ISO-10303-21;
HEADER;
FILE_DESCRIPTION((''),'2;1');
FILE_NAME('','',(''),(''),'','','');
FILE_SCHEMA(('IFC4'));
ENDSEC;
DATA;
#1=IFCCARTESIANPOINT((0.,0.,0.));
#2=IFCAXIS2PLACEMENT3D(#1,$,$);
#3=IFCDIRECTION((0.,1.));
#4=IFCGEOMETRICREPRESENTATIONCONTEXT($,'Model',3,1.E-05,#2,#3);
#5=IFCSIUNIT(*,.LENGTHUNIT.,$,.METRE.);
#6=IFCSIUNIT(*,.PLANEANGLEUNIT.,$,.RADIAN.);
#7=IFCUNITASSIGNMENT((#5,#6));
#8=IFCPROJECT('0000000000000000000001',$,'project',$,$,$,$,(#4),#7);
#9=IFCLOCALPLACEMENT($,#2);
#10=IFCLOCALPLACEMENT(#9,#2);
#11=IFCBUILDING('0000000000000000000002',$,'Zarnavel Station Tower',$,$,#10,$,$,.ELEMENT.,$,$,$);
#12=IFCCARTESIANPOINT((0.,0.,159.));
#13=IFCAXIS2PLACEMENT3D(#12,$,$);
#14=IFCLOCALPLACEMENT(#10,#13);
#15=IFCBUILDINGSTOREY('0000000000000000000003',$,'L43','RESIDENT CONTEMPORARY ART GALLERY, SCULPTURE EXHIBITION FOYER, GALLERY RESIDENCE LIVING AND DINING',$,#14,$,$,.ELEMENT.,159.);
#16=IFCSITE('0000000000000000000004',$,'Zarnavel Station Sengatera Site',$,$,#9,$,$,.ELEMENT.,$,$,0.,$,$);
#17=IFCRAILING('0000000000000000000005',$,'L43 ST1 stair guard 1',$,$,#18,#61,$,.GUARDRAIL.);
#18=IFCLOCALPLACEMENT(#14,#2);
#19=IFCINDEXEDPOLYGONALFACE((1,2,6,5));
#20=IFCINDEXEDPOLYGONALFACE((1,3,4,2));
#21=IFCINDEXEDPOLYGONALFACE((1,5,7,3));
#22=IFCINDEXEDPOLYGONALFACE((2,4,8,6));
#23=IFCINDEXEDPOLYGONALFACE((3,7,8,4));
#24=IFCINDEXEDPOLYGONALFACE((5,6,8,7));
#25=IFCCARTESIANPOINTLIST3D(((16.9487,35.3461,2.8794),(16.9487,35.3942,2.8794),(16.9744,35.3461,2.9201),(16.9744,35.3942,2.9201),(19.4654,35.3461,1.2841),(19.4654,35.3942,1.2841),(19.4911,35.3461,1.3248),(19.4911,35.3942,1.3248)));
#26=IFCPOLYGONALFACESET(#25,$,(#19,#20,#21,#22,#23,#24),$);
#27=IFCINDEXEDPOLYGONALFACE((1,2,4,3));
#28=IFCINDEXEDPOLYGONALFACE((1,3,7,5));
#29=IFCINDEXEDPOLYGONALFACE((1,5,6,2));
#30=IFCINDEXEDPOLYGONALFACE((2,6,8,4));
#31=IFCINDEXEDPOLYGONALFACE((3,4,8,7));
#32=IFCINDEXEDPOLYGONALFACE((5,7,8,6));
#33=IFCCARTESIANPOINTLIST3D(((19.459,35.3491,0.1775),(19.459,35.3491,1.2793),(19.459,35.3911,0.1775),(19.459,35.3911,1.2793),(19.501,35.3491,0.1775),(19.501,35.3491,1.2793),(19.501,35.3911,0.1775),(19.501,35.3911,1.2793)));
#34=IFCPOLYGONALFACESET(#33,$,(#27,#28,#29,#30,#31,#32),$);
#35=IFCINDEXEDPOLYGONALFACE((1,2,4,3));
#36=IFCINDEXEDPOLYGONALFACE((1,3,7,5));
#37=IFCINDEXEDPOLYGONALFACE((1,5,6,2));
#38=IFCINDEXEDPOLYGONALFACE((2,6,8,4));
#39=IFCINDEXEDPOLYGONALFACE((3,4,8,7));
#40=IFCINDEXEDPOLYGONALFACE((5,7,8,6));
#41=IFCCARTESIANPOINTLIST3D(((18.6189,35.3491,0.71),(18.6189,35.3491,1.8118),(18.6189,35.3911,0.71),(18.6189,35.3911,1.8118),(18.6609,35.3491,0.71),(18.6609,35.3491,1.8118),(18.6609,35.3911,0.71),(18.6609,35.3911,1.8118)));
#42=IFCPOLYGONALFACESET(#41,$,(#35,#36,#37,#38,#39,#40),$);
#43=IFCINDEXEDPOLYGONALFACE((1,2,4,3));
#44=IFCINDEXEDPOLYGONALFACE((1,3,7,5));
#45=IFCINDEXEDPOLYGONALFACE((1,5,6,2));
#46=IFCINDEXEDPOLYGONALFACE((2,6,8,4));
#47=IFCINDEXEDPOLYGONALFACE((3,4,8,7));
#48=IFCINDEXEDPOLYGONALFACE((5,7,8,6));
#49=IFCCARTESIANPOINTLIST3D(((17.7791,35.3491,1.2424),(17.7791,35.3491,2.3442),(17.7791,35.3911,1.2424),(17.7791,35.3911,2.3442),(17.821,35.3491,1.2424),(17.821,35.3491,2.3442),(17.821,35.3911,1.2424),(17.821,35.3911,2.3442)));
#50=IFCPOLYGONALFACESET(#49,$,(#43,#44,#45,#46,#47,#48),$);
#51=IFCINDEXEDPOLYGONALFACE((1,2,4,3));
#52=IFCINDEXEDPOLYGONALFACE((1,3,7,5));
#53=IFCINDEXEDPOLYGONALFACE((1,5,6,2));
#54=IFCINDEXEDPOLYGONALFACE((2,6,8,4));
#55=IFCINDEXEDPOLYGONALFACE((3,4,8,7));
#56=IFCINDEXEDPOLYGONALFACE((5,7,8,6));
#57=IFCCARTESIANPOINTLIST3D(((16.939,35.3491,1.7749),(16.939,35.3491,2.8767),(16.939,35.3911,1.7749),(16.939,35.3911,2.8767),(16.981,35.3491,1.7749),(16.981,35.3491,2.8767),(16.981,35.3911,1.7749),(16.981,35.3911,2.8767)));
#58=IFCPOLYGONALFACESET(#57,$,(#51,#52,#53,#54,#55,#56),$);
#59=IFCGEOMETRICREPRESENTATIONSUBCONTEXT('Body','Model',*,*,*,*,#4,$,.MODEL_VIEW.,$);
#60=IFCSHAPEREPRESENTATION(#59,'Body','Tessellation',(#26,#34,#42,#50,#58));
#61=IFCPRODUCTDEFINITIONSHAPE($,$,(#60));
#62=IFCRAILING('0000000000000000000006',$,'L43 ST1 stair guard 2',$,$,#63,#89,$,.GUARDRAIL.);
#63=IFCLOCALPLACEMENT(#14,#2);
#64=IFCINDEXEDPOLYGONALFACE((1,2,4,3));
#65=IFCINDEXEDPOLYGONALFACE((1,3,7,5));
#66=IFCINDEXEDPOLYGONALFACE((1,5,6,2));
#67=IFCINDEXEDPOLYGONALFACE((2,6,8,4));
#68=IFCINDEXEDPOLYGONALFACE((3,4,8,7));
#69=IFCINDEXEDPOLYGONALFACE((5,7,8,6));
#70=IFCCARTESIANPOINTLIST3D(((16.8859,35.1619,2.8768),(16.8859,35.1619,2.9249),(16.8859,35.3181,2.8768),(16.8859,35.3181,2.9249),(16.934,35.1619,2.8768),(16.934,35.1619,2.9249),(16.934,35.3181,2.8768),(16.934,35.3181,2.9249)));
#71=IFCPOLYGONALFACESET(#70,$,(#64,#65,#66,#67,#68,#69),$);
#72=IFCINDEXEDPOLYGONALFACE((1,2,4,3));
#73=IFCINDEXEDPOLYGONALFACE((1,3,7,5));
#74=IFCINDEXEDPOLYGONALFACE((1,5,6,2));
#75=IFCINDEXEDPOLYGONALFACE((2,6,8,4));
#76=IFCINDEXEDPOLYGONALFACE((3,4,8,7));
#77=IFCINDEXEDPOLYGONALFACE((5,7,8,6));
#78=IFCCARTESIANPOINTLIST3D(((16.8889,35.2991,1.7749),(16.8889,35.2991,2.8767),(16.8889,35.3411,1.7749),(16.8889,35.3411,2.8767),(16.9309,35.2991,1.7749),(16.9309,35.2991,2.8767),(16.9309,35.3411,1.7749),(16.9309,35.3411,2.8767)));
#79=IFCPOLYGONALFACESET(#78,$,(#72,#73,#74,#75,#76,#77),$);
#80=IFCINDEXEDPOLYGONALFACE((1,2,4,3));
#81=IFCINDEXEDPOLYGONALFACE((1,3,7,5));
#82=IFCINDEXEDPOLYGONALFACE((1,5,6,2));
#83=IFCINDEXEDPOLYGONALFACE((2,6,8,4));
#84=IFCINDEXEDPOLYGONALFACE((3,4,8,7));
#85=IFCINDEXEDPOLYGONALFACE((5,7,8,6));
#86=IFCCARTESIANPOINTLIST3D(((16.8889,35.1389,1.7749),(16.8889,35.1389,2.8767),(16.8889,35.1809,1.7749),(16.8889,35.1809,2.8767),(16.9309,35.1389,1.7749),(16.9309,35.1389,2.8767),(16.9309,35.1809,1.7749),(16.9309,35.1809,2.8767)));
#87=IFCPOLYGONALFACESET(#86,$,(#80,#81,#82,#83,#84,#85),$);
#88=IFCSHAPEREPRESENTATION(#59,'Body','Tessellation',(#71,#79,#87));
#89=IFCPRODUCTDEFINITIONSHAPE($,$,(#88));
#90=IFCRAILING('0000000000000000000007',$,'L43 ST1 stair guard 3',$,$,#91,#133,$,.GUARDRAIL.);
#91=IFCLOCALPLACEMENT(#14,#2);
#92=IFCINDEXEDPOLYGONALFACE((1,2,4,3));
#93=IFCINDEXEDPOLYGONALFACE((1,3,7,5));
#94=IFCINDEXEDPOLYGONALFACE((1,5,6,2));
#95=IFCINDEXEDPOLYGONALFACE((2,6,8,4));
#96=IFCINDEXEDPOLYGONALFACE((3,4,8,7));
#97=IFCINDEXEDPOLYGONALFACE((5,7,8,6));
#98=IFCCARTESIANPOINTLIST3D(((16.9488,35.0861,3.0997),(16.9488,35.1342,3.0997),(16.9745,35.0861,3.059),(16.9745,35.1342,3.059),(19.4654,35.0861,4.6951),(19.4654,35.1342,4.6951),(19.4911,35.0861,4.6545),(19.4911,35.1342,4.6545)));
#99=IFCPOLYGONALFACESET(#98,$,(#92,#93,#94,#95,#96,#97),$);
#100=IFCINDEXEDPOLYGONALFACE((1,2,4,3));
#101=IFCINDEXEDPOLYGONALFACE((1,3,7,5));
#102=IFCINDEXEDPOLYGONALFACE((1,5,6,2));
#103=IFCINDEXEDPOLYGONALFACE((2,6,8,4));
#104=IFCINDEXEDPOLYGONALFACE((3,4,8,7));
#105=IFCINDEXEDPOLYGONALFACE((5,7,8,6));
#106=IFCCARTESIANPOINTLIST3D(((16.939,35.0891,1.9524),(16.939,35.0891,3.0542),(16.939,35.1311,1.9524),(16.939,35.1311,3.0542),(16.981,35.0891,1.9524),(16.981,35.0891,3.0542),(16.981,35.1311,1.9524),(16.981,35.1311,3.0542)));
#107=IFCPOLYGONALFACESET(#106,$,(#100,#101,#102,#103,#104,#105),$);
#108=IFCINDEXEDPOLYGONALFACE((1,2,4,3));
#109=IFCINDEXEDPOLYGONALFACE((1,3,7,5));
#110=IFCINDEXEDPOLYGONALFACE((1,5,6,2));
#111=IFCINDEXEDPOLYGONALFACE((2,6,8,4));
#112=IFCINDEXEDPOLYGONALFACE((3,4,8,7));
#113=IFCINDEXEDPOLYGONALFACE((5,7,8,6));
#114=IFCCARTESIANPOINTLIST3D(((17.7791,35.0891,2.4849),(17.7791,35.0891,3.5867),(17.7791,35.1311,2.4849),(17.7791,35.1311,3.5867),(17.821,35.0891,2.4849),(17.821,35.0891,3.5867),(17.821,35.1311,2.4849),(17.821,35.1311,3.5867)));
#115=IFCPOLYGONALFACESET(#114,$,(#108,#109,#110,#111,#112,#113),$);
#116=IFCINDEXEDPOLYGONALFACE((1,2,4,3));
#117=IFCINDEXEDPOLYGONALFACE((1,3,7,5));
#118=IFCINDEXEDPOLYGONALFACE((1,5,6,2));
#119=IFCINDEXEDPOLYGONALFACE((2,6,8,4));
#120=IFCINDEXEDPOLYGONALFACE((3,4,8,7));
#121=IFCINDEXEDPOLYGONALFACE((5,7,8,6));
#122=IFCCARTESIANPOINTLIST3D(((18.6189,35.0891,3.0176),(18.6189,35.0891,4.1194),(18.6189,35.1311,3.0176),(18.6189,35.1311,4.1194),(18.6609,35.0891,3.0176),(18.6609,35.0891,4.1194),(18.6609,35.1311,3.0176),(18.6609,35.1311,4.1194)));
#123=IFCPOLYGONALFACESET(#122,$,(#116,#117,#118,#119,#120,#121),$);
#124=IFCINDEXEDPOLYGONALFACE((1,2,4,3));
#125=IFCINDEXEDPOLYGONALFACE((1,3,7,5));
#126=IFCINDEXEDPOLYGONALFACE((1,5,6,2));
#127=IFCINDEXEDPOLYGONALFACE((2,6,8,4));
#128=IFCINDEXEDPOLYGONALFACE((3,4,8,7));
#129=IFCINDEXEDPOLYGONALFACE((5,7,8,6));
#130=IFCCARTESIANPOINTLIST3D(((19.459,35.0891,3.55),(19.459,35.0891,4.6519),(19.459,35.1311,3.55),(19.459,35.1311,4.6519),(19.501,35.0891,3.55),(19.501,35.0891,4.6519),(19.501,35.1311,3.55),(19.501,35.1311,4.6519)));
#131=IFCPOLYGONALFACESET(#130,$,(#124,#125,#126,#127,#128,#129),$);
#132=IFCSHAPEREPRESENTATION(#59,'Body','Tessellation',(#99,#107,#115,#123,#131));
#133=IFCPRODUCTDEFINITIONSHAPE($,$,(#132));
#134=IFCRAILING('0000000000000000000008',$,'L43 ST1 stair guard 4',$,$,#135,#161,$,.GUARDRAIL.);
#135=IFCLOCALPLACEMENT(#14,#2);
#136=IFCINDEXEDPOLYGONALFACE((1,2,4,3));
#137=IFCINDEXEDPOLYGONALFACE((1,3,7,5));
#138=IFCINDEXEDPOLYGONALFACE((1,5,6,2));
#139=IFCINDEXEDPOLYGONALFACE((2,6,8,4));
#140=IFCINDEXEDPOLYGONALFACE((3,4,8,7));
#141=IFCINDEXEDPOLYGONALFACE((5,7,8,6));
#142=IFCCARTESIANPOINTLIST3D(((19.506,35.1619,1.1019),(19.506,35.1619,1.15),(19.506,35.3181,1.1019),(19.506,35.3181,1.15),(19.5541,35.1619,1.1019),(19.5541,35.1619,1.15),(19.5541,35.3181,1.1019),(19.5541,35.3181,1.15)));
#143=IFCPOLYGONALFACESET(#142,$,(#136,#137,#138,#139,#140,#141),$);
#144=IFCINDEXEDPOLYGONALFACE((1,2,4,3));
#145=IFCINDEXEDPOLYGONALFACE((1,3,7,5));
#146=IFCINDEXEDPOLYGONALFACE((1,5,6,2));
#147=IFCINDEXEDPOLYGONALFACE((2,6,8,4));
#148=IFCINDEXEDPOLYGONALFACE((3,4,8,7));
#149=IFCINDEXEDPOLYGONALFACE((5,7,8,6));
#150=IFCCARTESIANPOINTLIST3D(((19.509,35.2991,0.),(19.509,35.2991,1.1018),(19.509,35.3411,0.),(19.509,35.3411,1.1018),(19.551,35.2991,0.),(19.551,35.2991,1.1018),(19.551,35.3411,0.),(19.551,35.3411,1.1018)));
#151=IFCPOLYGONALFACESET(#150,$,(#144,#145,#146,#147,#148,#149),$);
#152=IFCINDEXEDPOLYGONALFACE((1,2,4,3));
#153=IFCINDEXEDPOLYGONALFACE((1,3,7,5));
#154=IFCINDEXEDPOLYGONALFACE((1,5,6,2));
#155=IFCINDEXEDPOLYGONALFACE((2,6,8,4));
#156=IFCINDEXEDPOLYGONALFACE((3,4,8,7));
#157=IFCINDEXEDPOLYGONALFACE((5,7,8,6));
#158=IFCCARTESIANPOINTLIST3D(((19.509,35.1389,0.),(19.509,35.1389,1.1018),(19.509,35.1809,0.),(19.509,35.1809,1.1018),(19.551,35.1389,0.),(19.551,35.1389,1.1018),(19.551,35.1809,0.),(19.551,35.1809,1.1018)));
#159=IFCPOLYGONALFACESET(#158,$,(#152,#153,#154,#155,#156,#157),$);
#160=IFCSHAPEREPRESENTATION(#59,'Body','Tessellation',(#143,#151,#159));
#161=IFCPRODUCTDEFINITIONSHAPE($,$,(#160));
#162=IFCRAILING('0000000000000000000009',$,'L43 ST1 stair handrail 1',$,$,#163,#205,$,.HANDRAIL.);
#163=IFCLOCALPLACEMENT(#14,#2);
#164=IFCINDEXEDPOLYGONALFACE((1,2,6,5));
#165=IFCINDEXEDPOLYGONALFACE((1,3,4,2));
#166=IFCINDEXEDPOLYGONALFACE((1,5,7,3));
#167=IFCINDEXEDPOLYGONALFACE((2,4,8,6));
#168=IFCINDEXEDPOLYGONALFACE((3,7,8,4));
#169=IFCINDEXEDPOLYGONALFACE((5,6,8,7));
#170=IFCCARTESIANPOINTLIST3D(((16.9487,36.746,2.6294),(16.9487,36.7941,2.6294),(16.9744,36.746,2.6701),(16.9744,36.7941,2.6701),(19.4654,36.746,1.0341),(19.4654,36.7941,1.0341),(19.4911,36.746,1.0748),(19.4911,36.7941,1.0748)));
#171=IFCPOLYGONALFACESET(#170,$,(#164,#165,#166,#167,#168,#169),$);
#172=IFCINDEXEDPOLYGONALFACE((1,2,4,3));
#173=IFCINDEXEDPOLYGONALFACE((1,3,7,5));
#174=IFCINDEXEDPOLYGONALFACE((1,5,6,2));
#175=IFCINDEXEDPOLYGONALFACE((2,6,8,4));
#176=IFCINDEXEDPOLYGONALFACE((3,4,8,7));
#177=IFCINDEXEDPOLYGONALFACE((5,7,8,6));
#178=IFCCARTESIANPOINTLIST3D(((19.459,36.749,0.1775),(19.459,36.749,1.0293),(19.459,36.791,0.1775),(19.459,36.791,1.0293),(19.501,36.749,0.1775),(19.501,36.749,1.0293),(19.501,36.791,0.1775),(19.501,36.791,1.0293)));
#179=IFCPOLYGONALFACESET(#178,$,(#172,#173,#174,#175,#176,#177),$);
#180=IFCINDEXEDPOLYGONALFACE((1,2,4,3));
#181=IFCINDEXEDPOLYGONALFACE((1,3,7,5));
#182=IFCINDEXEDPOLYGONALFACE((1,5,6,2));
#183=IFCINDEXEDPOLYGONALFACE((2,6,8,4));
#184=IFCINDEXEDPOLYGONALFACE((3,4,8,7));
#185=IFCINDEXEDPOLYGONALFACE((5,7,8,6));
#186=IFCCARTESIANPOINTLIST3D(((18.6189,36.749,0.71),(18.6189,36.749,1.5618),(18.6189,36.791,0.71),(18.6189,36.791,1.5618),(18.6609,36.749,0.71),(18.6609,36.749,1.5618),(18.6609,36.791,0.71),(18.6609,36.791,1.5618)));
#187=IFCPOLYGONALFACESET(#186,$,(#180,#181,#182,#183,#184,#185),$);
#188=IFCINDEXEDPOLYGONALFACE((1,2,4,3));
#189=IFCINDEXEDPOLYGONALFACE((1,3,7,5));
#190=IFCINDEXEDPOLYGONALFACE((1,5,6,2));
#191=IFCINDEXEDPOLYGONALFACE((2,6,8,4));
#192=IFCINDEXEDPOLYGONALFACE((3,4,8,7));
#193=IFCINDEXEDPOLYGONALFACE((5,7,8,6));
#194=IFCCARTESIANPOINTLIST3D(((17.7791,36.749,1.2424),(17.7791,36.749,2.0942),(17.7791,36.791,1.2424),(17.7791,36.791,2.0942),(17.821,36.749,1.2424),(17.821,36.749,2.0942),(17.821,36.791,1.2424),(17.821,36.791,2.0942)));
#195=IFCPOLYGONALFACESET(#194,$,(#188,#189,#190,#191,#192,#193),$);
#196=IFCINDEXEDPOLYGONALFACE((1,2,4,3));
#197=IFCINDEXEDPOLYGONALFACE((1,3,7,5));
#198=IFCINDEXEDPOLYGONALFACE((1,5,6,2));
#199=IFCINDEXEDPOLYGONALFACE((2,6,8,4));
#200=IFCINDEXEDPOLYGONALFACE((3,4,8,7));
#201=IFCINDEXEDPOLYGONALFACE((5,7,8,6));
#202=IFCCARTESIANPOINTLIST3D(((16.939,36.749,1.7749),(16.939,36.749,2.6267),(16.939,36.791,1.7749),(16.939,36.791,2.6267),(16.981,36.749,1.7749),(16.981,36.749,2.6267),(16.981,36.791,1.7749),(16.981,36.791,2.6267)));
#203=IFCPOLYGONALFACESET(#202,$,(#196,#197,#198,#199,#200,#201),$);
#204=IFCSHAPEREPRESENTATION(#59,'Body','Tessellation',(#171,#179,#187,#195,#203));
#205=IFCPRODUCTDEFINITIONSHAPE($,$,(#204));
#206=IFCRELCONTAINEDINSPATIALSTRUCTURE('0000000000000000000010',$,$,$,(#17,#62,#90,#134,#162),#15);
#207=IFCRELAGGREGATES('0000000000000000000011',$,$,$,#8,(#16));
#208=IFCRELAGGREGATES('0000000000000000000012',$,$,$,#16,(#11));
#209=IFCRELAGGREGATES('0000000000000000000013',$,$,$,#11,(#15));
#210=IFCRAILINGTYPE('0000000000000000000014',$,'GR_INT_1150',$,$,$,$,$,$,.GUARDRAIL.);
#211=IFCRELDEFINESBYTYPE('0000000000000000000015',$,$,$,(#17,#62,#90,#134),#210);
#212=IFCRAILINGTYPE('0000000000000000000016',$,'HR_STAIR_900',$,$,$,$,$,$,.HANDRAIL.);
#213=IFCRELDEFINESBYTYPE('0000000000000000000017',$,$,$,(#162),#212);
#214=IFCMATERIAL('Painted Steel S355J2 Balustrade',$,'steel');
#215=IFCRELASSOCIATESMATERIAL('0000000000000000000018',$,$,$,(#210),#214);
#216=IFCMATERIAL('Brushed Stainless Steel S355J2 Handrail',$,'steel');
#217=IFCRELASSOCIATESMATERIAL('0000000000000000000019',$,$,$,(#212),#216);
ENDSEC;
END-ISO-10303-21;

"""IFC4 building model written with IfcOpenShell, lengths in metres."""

from ifc_helpers import new_model, si_unit, direction, frame, origin, origin_2d, place, context, subcontext, project, spatial, rectangle, extrude, material, type_object, element, save


model = new_model("IFC4")

# Units and contexts
model_context = context("Model", 3, precision=1e-05, world=origin(), true_north=direction((0.0, 1.0)))
body_context = subcontext(model_context, "Body", "Model", "MODEL_VIEW")
ifc_project = project(units=[si_unit("LENGTHUNIT", "METRE"), si_unit("PLANEANGLEUNIT", "RADIAN")], contexts=[model_context])

# Site, building, storey
site_placement = place(None, origin())
site = spatial("IfcSite", under=ifc_project, at=site_placement, Name="Zarnavel Station Sengatera Site", CompositionType="ELEMENT", RefElevation=0.0)
building_placement = place(site_placement, origin())
building = spatial("IfcBuilding", under=site, at=building_placement, Name="Zarnavel Station Tower", CompositionType="ELEMENT")
storey_placement = place(building_placement, frame((0.0, 0.0, 159.0)))
storey = spatial("IfcBuildingStorey", under=building, at=storey_placement, Name="L43", Description="RESIDENT CONTEMPORARY ART GALLERY, SCULPTURE EXHIBITION FOYER, GALLERY RESIDENCE LIVING AND DINING", CompositionType="ELEMENT", Elevation=159.0)

# Railings
ifc_material_1 = material(Name="Painted Steel S355J2 Balustrade", Category="steel")
railing_type_1 = type_object("IfcRailingType", Name="GR_INT_1150", PredefinedType="GUARDRAIL", material=ifc_material_1)
railing_1_placement = place(storey_placement, frame((19.48, 35.3701, 0.1775)))
element("IfcRailing", 1, at=railing_1_placement, inside=storey, type_object=railing_type_1, Name="L43 ST1 stair guard 1", PredefinedType="GUARDRAIL", context=body_context, shape_type="SweptSolid", body=[
    extrude(rectangle(XDim=0.0481, YDim=0.0481, at=origin_2d()), frame((-0.0017, 0.0, 1.127), z_axis=(-0.844607, 0.0, 0.535387), x_axis=(0.0, -1.0, 0.0)), (0.0, 0.0, 1.0), 2.9797),
    extrude(rectangle(XDim=0.042, YDim=0.042, at=origin_2d()), origin(), (0.0, 0.0, 1.0), 1.1018),
    extrude(rectangle(XDim=0.042, YDim=0.042, at=origin_2d()), frame((-0.8401, 0.0, 0.5325)), (0.0, 0.0, 1.0), 1.1018),
    extrude(rectangle(XDim=0.042, YDim=0.042, at=origin_2d()), frame((-1.6799, 0.0, 1.0649)), (0.0, 0.0, 1.0), 1.1018),
    extrude(rectangle(XDim=0.042, YDim=0.042, at=origin_2d()), frame((-2.52, 0.0, 1.5974)), (0.0, 0.0, 1.0), 1.1018),
])
railing_2_placement = place(storey_placement, frame((16.9099, 35.3201, 1.7749)))
element("IfcRailing", 2, at=railing_2_placement, inside=storey, type_object=railing_type_1, Name="L43 ST1 stair guard 2", PredefinedType="GUARDRAIL", context=body_context, shape_type="SweptSolid", body=[
    extrude(rectangle(XDim=0.0481, YDim=0.0481, at=origin_2d()), frame((0.0, -0.002, 1.126), z_axis=(0.0, -1.0, 0.0), x_axis=(1.0, 0.0, 0.0)), (0.0, 0.0, 1.0), 0.1562),
    extrude(rectangle(XDim=0.042, YDim=0.042, at=origin_2d()), origin(), (0.0, 0.0, 1.0), 1.1018),
    extrude(rectangle(XDim=0.042, YDim=0.042, at=origin_2d()), frame((0.0, -0.1602, 0.0)), (0.0, 0.0, 1.0), 1.1018),
])
railing_3_placement = place(storey_placement, frame((16.96, 35.1101, 1.9524)))
element("IfcRailing", 3, at=railing_3_placement, inside=storey, type_object=railing_type_1, Name="L43 ST1 stair guard 3", PredefinedType="GUARDRAIL", context=body_context, shape_type="SweptSolid", body=[
    extrude(rectangle(XDim=0.0481, YDim=0.0481, at=origin_2d()), frame((0.0017, 0.0, 1.127), z_axis=(0.84457, 0.0, 0.535445), x_axis=(0.0, 1.0, 0.0)), (0.0, 0.0, 1.0), 2.9797),
    extrude(rectangle(XDim=0.042, YDim=0.042, at=origin_2d()), origin(), (0.0, 0.0, 1.0), 1.1018),
    extrude(rectangle(XDim=0.042, YDim=0.042, at=origin_2d()), frame((0.8401, 0.0, 0.5325)), (0.0, 0.0, 1.0), 1.1018),
    extrude(rectangle(XDim=0.042, YDim=0.042, at=origin_2d()), frame((1.6799, 0.0, 1.0652)), (0.0, 0.0, 1.0), 1.1018),
    extrude(rectangle(XDim=0.042, YDim=0.042, at=origin_2d()), frame((2.52, 0.0, 1.5977)), (0.0, 0.0, 1.0), 1.1018),
])
railing_4_placement = place(storey_placement, frame((19.53, 35.3201, 0.0)))
element("IfcRailing", 4, at=railing_4_placement, inside=storey, type_object=railing_type_1, Name="L43 ST1 stair guard 4", PredefinedType="GUARDRAIL", context=body_context, shape_type="SweptSolid", body=[
    extrude(rectangle(XDim=0.0481, YDim=0.0481, at=origin_2d()), frame((0.0, -0.002, 1.126), z_axis=(0.0, -1.0, 0.0), x_axis=(1.0, 0.0, 0.0)), (0.0, 0.0, 1.0), 0.1562),
    extrude(rectangle(XDim=0.042, YDim=0.042, at=origin_2d()), origin(), (0.0, 0.0, 1.0), 1.1018),
    extrude(rectangle(XDim=0.042, YDim=0.042, at=origin_2d()), frame((0.0, -0.1602, 0.0)), (0.0, 0.0, 1.0), 1.1018),
])
ifc_material_2 = material(Name="Brushed Stainless Steel S355J2 Handrail", Category="steel")
railing_type_2 = type_object("IfcRailingType", Name="HR_STAIR_900", PredefinedType="HANDRAIL", material=ifc_material_2)
railing_5_placement = place(storey_placement, frame((19.48, 36.77, 0.1775)))
element("IfcRailing", 5, at=railing_5_placement, inside=storey, type_object=railing_type_2, Name="L43 ST1 stair handrail 1", PredefinedType="HANDRAIL", context=body_context, shape_type="SweptSolid", body=[
    extrude(rectangle(XDim=0.0481, YDim=0.0481, at=origin_2d()), frame((-0.0017, 0.0, 0.877), z_axis=(-0.844607, 0.0, 0.535387), x_axis=(0.0, -1.0, 0.0)), (0.0, 0.0, 1.0), 2.9797),
    extrude(rectangle(XDim=0.042, YDim=0.042, at=origin_2d()), origin(), (0.0, 0.0, 1.0), 0.8518),
    extrude(rectangle(XDim=0.042, YDim=0.042, at=origin_2d()), frame((-0.8401, 0.0, 0.5325)), (0.0, 0.0, 1.0), 0.8518),
    extrude(rectangle(XDim=0.042, YDim=0.042, at=origin_2d()), frame((-1.6799, 0.0, 1.0649)), (0.0, 0.0, 1.0), 0.8518),
    extrude(rectangle(XDim=0.042, YDim=0.042, at=origin_2d()), frame((-2.52, 0.0, 1.5974)), (0.0, 0.0, 1.0), 0.8518),
])

save(model, "model.ifc")
